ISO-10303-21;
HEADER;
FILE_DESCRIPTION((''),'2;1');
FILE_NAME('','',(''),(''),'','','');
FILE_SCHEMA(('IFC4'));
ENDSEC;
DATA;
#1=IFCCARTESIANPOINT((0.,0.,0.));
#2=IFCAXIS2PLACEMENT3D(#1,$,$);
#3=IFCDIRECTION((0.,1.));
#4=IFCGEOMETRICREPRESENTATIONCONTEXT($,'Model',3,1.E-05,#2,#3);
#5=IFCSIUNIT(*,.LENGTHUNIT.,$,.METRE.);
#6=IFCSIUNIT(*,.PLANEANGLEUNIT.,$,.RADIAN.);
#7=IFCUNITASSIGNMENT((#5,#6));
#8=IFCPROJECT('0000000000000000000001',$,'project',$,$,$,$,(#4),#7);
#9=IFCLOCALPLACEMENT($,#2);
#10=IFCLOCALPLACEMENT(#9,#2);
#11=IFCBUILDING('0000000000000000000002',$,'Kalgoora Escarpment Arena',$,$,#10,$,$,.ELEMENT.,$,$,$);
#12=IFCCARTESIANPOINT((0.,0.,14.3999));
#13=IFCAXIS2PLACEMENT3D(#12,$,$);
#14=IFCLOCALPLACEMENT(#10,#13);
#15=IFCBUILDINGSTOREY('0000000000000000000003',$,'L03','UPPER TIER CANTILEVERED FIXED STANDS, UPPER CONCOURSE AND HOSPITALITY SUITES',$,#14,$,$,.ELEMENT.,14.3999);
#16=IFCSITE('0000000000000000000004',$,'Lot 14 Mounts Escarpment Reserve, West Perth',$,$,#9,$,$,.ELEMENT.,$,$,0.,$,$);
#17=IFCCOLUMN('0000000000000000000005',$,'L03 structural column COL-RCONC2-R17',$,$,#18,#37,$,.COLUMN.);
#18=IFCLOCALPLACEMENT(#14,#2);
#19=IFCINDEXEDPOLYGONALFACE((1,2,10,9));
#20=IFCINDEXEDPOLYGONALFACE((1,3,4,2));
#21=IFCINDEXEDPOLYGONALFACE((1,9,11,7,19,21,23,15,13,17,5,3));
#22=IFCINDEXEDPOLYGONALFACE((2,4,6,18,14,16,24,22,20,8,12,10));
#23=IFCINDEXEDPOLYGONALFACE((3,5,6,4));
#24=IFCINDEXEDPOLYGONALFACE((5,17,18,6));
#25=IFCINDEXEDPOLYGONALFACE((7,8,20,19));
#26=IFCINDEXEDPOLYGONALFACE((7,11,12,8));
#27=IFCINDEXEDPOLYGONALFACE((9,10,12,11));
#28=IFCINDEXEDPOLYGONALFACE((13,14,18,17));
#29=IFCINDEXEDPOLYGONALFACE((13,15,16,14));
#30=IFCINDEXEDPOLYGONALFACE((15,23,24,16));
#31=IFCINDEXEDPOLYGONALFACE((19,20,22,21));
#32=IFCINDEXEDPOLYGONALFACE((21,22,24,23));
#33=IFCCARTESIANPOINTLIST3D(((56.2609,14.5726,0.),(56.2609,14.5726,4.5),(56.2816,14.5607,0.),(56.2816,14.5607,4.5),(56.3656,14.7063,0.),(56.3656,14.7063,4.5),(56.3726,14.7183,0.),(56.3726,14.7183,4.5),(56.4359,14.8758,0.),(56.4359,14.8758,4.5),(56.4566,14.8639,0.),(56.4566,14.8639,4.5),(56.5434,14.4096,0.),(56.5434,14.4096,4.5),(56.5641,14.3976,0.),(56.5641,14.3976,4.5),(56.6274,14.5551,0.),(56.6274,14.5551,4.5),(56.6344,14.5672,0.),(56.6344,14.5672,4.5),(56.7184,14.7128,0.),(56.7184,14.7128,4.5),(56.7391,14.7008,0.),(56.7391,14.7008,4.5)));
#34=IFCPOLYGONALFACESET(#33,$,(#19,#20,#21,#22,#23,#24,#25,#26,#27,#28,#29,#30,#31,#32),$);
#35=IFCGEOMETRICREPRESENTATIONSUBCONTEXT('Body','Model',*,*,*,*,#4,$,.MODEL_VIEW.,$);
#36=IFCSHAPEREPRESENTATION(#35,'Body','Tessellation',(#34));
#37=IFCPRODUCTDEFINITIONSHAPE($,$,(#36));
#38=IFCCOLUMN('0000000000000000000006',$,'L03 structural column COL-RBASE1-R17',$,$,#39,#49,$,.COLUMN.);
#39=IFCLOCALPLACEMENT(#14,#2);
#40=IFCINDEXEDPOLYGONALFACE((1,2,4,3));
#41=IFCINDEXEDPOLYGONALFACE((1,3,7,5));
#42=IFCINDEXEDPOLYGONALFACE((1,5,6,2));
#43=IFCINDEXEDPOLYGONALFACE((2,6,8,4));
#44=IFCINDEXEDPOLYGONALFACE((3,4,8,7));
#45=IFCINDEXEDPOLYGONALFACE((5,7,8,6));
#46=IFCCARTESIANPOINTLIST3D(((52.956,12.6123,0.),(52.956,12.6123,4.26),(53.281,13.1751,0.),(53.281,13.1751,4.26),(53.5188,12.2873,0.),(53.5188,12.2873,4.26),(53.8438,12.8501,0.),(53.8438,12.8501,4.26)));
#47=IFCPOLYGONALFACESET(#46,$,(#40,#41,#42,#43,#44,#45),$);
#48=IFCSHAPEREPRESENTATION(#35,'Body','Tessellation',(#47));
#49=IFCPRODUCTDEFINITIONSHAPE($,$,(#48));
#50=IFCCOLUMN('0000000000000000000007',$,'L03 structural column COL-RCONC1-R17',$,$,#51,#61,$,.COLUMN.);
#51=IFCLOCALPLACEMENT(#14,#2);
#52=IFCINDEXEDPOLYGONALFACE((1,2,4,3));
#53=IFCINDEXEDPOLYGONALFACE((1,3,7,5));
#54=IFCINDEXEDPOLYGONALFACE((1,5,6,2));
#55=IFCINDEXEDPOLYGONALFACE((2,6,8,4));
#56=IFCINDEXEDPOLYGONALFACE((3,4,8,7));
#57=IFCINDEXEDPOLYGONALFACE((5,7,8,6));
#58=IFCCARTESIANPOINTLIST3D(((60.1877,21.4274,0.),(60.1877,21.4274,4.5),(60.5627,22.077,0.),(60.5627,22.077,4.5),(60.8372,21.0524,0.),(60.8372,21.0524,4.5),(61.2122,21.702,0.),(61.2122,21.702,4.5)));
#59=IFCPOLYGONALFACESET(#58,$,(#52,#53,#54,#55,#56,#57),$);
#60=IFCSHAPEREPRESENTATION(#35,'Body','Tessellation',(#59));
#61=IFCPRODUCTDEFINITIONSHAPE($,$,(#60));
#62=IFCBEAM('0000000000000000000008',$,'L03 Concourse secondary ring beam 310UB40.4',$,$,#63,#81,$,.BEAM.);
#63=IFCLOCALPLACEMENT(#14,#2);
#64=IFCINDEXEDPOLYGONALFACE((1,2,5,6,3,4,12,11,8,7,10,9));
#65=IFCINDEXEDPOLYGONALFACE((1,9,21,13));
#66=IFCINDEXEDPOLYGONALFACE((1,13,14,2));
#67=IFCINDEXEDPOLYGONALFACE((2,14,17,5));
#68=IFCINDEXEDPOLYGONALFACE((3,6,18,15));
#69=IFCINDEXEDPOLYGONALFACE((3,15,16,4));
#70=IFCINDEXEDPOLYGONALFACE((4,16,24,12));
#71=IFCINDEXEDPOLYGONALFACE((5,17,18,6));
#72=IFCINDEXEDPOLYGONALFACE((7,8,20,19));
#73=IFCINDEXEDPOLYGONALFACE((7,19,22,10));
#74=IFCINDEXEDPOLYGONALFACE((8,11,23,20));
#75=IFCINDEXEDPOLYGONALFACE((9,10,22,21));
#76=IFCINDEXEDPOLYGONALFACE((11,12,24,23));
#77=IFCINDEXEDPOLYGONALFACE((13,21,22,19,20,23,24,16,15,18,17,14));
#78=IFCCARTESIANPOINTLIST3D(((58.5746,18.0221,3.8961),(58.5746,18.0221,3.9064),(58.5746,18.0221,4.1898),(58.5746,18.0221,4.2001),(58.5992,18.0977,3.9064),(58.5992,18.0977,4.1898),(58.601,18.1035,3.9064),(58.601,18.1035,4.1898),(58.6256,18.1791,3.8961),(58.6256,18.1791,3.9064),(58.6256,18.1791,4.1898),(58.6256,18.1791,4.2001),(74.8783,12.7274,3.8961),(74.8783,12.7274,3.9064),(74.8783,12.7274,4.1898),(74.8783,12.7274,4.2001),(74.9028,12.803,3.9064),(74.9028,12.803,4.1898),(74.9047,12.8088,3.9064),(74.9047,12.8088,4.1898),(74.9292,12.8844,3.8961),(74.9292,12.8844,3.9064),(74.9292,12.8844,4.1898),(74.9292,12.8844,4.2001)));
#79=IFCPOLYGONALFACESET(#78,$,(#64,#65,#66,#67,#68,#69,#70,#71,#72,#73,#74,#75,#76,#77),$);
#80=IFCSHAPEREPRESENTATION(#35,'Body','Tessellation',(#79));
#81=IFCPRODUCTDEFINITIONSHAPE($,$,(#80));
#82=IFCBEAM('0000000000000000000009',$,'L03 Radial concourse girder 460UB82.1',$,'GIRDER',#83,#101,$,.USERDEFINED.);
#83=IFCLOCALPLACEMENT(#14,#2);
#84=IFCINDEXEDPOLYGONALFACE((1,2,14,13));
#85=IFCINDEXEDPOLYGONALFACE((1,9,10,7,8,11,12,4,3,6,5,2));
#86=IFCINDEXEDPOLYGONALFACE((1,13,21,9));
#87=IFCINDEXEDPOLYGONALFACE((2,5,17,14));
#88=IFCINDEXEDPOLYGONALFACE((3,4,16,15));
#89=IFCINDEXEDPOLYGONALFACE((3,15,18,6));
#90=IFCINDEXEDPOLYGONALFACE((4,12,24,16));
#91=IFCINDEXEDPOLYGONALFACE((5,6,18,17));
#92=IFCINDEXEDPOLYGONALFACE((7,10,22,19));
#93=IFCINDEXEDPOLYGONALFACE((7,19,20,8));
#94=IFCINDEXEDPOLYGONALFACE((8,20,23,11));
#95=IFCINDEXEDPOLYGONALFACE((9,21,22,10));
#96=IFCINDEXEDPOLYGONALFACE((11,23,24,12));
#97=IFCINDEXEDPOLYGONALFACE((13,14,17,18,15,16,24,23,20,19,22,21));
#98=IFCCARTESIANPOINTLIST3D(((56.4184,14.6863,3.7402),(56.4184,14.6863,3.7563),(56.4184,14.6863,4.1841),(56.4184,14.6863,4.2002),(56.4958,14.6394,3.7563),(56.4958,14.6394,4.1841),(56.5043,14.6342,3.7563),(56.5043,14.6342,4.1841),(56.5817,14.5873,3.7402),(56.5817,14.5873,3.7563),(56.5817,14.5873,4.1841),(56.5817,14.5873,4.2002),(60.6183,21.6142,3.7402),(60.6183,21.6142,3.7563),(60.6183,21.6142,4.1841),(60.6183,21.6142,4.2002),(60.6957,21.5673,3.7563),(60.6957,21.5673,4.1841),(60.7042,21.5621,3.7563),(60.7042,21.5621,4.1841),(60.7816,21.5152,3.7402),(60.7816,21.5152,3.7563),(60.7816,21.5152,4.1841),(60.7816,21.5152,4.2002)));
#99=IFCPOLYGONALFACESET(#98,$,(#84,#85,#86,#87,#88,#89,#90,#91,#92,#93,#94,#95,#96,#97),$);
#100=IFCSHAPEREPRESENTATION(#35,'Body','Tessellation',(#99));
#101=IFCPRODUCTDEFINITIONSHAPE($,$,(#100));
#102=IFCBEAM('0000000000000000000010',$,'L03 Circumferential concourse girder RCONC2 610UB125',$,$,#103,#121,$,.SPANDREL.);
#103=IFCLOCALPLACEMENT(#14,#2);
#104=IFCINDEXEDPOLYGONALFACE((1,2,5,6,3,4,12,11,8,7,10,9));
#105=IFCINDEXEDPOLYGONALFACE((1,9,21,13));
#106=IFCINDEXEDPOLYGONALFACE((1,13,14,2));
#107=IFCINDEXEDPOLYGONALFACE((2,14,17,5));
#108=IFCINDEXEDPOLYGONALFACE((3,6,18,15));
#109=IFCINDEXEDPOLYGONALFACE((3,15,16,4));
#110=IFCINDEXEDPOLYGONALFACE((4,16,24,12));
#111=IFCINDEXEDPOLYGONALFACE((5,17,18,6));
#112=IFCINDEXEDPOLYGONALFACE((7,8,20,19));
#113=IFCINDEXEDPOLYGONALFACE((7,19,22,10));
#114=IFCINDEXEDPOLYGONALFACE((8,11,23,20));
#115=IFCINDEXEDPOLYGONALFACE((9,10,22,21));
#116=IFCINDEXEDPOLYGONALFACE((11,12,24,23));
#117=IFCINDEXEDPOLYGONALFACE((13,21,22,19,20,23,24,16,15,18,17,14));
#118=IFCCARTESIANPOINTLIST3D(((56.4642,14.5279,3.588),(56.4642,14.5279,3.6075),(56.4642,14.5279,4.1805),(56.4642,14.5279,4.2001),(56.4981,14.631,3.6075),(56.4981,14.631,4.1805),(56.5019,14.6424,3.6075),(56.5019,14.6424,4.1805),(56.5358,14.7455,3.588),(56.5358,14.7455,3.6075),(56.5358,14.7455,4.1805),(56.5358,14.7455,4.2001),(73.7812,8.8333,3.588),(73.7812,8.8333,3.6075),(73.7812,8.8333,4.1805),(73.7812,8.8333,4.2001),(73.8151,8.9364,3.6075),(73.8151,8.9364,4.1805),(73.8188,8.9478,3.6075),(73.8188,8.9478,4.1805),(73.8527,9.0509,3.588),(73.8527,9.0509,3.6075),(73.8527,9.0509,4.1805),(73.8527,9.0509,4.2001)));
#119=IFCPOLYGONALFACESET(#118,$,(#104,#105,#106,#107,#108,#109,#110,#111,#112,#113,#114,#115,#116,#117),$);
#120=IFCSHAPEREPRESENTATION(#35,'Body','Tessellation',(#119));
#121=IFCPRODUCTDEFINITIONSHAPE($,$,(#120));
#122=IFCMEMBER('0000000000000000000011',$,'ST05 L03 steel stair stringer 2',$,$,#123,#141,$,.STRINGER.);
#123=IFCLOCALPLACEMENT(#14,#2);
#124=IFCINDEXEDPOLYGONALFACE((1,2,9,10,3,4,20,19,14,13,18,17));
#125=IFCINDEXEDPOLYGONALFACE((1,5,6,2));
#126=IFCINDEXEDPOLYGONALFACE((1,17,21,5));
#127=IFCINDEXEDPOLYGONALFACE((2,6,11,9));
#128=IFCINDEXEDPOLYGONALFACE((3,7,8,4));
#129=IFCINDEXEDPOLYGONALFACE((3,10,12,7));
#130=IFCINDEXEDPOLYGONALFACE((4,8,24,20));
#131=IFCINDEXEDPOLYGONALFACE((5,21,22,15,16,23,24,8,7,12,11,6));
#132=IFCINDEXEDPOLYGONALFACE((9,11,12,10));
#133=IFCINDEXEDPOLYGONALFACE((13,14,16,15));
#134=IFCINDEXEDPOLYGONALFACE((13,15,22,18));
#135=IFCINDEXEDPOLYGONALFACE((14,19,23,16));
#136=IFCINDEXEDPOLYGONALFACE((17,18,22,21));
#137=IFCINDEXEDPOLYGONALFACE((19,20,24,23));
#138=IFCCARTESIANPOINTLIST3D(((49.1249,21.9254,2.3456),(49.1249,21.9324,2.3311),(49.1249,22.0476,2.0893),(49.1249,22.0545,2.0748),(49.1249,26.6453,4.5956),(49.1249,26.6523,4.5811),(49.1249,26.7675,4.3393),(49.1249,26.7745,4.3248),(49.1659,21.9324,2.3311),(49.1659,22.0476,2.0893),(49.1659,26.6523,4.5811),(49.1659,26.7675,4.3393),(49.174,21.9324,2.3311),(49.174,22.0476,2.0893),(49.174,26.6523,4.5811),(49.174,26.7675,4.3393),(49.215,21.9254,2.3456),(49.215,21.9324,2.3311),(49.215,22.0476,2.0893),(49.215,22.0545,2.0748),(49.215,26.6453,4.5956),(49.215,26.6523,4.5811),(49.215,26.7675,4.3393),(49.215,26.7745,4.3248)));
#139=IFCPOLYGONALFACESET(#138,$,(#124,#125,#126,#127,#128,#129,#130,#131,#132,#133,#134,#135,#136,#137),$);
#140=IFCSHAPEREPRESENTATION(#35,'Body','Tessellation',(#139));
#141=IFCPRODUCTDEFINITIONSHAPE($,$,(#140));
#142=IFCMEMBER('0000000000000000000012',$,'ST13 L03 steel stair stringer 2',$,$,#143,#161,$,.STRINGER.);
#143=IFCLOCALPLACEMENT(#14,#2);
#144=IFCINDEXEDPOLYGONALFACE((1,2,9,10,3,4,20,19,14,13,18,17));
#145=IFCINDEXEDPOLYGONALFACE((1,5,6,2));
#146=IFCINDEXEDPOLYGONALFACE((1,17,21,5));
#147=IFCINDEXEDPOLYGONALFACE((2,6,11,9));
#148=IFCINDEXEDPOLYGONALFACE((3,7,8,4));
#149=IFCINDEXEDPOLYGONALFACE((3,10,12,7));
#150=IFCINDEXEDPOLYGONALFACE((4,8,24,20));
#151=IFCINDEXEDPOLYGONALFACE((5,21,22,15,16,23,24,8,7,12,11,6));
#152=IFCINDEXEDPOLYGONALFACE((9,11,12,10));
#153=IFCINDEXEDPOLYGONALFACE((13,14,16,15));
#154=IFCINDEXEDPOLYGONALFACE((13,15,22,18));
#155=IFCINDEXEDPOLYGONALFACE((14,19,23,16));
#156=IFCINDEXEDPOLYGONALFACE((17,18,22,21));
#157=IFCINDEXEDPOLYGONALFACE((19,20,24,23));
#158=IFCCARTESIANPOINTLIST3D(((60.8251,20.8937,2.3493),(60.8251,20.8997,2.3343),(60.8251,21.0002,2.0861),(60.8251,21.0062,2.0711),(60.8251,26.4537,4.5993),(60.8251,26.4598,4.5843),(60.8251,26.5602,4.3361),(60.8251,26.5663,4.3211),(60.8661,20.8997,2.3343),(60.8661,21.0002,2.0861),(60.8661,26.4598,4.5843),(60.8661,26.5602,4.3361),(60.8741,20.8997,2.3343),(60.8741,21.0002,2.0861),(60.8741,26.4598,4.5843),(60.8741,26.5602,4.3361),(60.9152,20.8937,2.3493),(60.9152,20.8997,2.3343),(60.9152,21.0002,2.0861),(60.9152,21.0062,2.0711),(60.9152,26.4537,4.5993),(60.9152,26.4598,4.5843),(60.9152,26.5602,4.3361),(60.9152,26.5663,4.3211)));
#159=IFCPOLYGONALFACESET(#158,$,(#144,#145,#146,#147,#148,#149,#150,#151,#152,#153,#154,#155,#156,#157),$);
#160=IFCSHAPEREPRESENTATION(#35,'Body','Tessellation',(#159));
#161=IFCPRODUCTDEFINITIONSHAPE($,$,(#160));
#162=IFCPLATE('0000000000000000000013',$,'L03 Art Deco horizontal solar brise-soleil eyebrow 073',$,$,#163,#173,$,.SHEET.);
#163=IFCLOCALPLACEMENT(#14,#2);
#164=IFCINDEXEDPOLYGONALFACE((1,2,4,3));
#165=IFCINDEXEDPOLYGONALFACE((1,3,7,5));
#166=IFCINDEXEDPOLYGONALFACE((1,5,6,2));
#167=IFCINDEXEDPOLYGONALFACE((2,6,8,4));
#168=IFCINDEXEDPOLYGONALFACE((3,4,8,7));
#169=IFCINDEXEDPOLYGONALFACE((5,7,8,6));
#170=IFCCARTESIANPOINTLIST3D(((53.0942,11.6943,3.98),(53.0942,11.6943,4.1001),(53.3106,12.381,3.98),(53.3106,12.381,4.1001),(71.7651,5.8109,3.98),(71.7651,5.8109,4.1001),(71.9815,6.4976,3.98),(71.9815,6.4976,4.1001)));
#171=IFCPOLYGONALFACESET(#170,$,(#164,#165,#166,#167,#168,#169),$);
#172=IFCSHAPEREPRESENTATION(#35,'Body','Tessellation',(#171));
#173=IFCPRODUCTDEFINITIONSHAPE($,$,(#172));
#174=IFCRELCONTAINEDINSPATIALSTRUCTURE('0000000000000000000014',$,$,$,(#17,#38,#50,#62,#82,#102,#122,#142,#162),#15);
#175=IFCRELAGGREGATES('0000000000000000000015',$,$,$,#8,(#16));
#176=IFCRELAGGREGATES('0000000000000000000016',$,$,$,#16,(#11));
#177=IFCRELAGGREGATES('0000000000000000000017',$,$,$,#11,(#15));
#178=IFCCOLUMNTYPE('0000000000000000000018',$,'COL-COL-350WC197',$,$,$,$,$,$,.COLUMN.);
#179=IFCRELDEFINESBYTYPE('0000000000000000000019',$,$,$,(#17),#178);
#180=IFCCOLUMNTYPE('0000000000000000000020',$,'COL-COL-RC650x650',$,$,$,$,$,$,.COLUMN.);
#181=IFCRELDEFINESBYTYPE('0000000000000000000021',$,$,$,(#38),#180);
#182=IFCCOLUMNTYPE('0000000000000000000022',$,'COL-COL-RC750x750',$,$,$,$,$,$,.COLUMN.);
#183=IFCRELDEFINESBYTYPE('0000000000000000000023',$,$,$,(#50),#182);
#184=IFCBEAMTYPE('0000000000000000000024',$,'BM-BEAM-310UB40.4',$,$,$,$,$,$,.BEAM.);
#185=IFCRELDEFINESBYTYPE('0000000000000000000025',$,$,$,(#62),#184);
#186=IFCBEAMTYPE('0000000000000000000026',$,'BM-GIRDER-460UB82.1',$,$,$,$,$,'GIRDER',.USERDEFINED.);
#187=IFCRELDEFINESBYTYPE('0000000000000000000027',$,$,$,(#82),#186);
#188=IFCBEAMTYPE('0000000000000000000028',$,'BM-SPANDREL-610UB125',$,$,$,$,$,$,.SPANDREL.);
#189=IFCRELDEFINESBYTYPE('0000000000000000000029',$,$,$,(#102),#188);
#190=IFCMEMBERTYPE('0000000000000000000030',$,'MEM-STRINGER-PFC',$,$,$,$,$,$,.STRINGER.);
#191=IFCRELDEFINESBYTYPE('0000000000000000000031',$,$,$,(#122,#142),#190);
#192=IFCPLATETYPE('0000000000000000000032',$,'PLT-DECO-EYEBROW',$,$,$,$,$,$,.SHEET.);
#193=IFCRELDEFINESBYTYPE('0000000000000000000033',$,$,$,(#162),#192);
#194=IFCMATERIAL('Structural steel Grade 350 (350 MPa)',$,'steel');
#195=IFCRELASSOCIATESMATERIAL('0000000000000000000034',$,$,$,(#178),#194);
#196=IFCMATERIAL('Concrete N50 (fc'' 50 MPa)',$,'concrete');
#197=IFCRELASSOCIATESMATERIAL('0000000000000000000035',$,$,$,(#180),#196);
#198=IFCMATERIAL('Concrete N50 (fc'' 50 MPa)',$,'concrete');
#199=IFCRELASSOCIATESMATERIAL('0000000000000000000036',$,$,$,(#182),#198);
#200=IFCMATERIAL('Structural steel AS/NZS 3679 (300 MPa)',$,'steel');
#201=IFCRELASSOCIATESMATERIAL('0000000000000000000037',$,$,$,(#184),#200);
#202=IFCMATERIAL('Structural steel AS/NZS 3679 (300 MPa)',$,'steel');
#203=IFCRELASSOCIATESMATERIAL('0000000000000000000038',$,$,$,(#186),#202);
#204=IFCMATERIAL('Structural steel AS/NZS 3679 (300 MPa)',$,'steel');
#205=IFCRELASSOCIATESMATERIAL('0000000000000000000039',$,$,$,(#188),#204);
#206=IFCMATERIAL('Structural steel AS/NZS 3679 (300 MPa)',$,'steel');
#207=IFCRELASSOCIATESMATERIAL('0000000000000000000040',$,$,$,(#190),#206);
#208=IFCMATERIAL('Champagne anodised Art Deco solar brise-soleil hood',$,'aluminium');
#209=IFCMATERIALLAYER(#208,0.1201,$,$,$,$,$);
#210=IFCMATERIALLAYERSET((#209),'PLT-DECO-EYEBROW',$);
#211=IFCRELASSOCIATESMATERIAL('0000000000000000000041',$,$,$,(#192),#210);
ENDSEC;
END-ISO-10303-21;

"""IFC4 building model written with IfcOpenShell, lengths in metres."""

from ifc_helpers import new_model, si_unit, direction, frame, origin, origin_2d, place, context, subcontext, project, spatial, rectangle, i_section, extrude, material, layer, layer_set, material_profile, profile_set, type_object, element, save


model = new_model("IFC4")

# Units and contexts
model_context = context("Model", 3, precision=1e-05, world=origin(), true_north=direction((0.0, 1.0)))
body_context = subcontext(model_context, "Body", "Model", "MODEL_VIEW")
ifc_project = project(units=[si_unit("LENGTHUNIT", "METRE"), si_unit("PLANEANGLEUNIT", "RADIAN")], contexts=[model_context])

# Site, building, storey
site_placement = place(None, origin())
site = spatial("IfcSite", under=ifc_project, at=site_placement, Name="Lot 14 Mounts Escarpment Reserve, West Perth", CompositionType="ELEMENT", RefElevation=0.0)
building_placement = place(site_placement, origin())
building = spatial("IfcBuilding", under=site, at=building_placement, Name="Kalgoora Escarpment Arena", CompositionType="ELEMENT")
storey_placement = place(building_placement, frame((0.0, 0.0, 14.3999)))
storey = spatial("IfcBuildingStorey", under=building, at=storey_placement, Name="L03", Description="UPPER TIER CANTILEVERED FIXED STANDS, UPPER CONCOURSE AND HOSPITALITY SUITES", CompositionType="ELEMENT", Elevation=14.3999)

# Columns
ifc_material_1 = material(Name="Structural steel Grade 350 (350 MPa)", Category="steel")
ifc_material_profile_1 = material_profile(ifc_material_1, i_section(OverallWidth=0.3501, OverallDepth=0.3501, WebThickness=0.0139, FlangeThickness=0.0239, at=origin_2d()))
ifc_profile_set_1 = profile_set([ifc_material_profile_1], Name="Structural steel Grade 350 (350 MPa)")
column_type_1 = type_object("IfcColumnType", Name="COL-COL-350WC197", PredefinedType="COLUMN", material=ifc_profile_set_1)
column_1_placement = place(storey_placement, frame((56.5, 14.6367, 0.0), z_axis=(0.0, 0.0, 1.0), x_axis=(-0.5, -0.866025, 0.0)))
element("IfcColumn", 1, at=column_1_placement, inside=storey, type_object=column_type_1, Name="L03 structural column COL-RCONC2-R17", PredefinedType="COLUMN", context=body_context, shape_type="SweptSolid", body=[
    extrude(i_section(OverallWidth=0.3501, OverallDepth=0.3501, WebThickness=0.0139, FlangeThickness=0.0239, at=origin_2d()), origin(), (0.0, 0.0, 1.0), 4.5),
])
ifc_material_2 = material(Name="Concrete N50 (fc' 50 MPa)", Category="concrete")
ifc_material_profile_2 = material_profile(ifc_material_2, rectangle(XDim=0.6499, YDim=0.6499, at=origin_2d()))
ifc_profile_set_2 = profile_set([ifc_material_profile_2], Name="Concrete N50 (fc' 50 MPa)")
column_type_2 = type_object("IfcColumnType", Name="COL-COL-RC650x650", PredefinedType="COLUMN", material=ifc_profile_set_2)
column_2_placement = place(storey_placement, frame((53.3999, 12.7312, 0.0), z_axis=(0.0, 0.0, 1.0), x_axis=(-0.5, -0.866025, 0.0)))
element("IfcColumn", 2, at=column_2_placement, inside=storey, type_object=column_type_2, Name="L03 structural column COL-RBASE1-R17", PredefinedType="COLUMN", context=body_context, shape_type="SweptSolid", body=[
    extrude(rectangle(XDim=0.6499, YDim=0.6499, at=origin_2d()), origin(), (0.0, 0.0, 1.0), 4.26),
])
ifc_material_3 = material(Name="Concrete N50 (fc' 50 MPa)", Category="concrete")
ifc_material_profile_3 = material_profile(ifc_material_3, rectangle(XDim=0.75, YDim=0.75, at=origin_2d()))
ifc_profile_set_3 = profile_set([ifc_material_profile_3], Name="Concrete N50 (fc' 50 MPa)")
column_type_3 = type_object("IfcColumnType", Name="COL-COL-RC750x750", PredefinedType="COLUMN", material=ifc_profile_set_3)
column_3_placement = place(storey_placement, frame((60.7, 21.5647, 0.0), z_axis=(0.0, 0.0, 1.0), x_axis=(-0.5, -0.866025, 0.0)))
element("IfcColumn", 3, at=column_3_placement, inside=storey, type_object=column_type_3, Name="L03 structural column COL-RCONC1-R17", PredefinedType="COLUMN", context=body_context, shape_type="SweptSolid", body=[
    extrude(rectangle(XDim=0.75, YDim=0.75, at=origin_2d()), origin(), (0.0, 0.0, 1.0), 4.5),
])

# Beams
ifc_material_4 = material(Name="Structural steel AS/NZS 3679 (300 MPa)", Category="steel")
ifc_material_profile_4 = material_profile(ifc_material_4, i_section(OverallWidth=0.165, OverallDepth=0.304, WebThickness=0.0061, FlangeThickness=0.0103, at=origin_2d()))
ifc_profile_set_4 = profile_set([ifc_material_profile_4], Name="Structural steel AS/NZS 3679 (300 MPa)")
beam_type_1 = type_object("IfcBeamType", Name="BM-BEAM-310UB40.4", PredefinedType="BEAM", material=ifc_profile_set_4)
beam_1_placement = place(storey_placement, frame((58.6001, 18.1006, 4.0481), z_axis=(0.951103, -0.308874, 0.0), x_axis=(0.308874, 0.951103, 0.0)))
element("IfcBeam", 4, at=beam_1_placement, inside=storey, type_object=beam_type_1, Name="L03 Concourse secondary ring beam 310UB40.4", PredefinedType="BEAM", context=body_context, shape_type="SweptSolid", body=[
    extrude(i_section(OverallWidth=0.165, OverallDepth=0.304, WebThickness=0.0061, FlangeThickness=0.0103, at=origin_2d()), origin(), (0.0, 0.0, 1.0), 17.1418),
])
ifc_material_5 = material(Name="Structural steel AS/NZS 3679 (300 MPa)", Category="steel")
ifc_material_profile_5 = material_profile(ifc_material_5, i_section(OverallWidth=0.1909, OverallDepth=0.46, WebThickness=0.01, FlangeThickness=0.0161, at=origin_2d()))
ifc_profile_set_5 = profile_set([ifc_material_profile_5], Name="Structural steel AS/NZS 3679 (300 MPa)")
beam_type_2 = type_object("IfcBeamType", Name="BM-GIRDER-460UB82.1", ElementType="GIRDER", PredefinedType="USERDEFINED", material=ifc_profile_set_5)
beam_2_placement = place(storey_placement, frame((60.7, 21.5647, 3.9702), z_axis=(-0.518408, -0.855133, 0.0), x_axis=(0.855133, -0.518408, 0.0)))
element("IfcBeam", 5, at=beam_2_placement, inside=storey, type_object=beam_type_2, Name="L03 Radial concourse girder 460UB82.1", ObjectType="GIRDER", PredefinedType="USERDEFINED", context=body_context, shape_type="SweptSolid", body=[
    extrude(i_section(OverallWidth=0.1909, OverallDepth=0.46, WebThickness=0.01, FlangeThickness=0.0161, at=origin_2d()), origin(), (0.0, 0.0, 1.0), 8.1016),
])
ifc_material_6 = material(Name="Structural steel AS/NZS 3679 (300 MPa)", Category="steel")
ifc_material_profile_6 = material_profile(ifc_material_6, i_section(OverallWidth=0.229, OverallDepth=0.6121, WebThickness=0.012, FlangeThickness=0.0195, at=origin_2d()))
ifc_profile_set_6 = profile_set([ifc_material_profile_6], Name="Structural steel AS/NZS 3679 (300 MPa)")
beam_type_3 = type_object("IfcBeamType", Name="BM-SPANDREL-610UB125", PredefinedType="SPANDREL", material=ifc_profile_set_6)
beam_3_placement = place(storey_placement, frame((56.5, 14.6367, 3.894), z_axis=(0.949955, -0.312388, 0.0), x_axis=(0.312388, 0.949955, 0.0)))
element("IfcBeam", 6, at=beam_3_placement, inside=storey, type_object=beam_type_3, Name="L03 Circumferential concourse girder RCONC2 610UB125", PredefinedType="SPANDREL", context=body_context, shape_type="SweptSolid", body=[
    extrude(i_section(OverallWidth=0.229, OverallDepth=0.6121, WebThickness=0.012, FlangeThickness=0.0195, at=origin_2d()), origin(), (0.0, 0.0, 1.0), 18.2292),
])

# Members
ifc_material_7 = material(Name="Structural steel AS/NZS 3679 (300 MPa)", Category="steel")
ifc_material_profile_7 = material_profile(ifc_material_7, i_section(OverallWidth=0.0901, OverallDepth=0.3, WebThickness=0.0081, FlangeThickness=0.0161, at=origin_2d()))
ifc_profile_set_7 = profile_set([ifc_material_profile_7], Name="Structural steel AS/NZS 3679 (300 MPa)")
member_type = type_object("IfcMemberType", Name="MEM-STRINGER-PFC", PredefinedType="STRINGER", material=ifc_profile_set_7)
member_1_placement = place(storey_placement, frame((49.1699, 21.99, 2.2102), z_axis=(0.0, 0.902683, 0.430307), x_axis=(-1.0, 0.0, 0.0)))
element("IfcMember", 7, at=member_1_placement, inside=storey, type_object=member_type, Name="ST05 L03 steel stair stringer 2", PredefinedType="STRINGER", context=body_context, shape_type="SweptSolid", body=[
    extrude(i_section(OverallWidth=0.0901, OverallDepth=0.3, WebThickness=0.0081, FlangeThickness=0.0161, at=origin_2d()), origin(), (0.0, 0.0, 1.0), 5.2288),
])
member_2_placement = place(storey_placement, frame((60.8701, 20.95, 2.2102), z_axis=(0.0, 0.926976, 0.375121), x_axis=(-1.0, 0.0, 0.0)))
element("IfcMember", 8, at=member_2_placement, inside=storey, type_object=member_type, Name="ST13 L03 steel stair stringer 2", PredefinedType="STRINGER", context=body_context, shape_type="SweptSolid", body=[
    extrude(i_section(OverallWidth=0.0901, OverallDepth=0.3, WebThickness=0.0081, FlangeThickness=0.0161, at=origin_2d()), origin(), (0.0, 0.0, 1.0), 5.998),
])

# Plate
ifc_material_8 = material(Name="Champagne anodised Art Deco solar brise-soleil hood", Category="aluminium")
ifc_layer_1 = layer(ifc_material_8, 0.1201)
ifc_layer_set_1 = layer_set([ifc_layer_1], Name="PLT-DECO-EYEBROW")
plate_type = type_object("IfcPlateType", Name="PLT-DECO-EYEBROW", PredefinedType="SHEET", material=ifc_layer_set_1)
plate_placement = place(storey_placement, frame((62.5378, 9.0959, 3.98), z_axis=(0.0, 0.0, 1.0), x_axis=(-0.953769, 0.300539, 0.0)))
element("IfcPlate", 9, at=plate_placement, inside=storey, type_object=plate_type, Name="L03 Art Deco horizontal solar brise-soleil eyebrow 073", PredefinedType="SHEET", context=body_context, shape_type="SweptSolid", body=[
    extrude(rectangle(XDim=19.5759, YDim=0.72, at=origin_2d()), origin(), (0.0, 0.0, 1.0), 0.1201),
])

save(model, "model.ifc")
